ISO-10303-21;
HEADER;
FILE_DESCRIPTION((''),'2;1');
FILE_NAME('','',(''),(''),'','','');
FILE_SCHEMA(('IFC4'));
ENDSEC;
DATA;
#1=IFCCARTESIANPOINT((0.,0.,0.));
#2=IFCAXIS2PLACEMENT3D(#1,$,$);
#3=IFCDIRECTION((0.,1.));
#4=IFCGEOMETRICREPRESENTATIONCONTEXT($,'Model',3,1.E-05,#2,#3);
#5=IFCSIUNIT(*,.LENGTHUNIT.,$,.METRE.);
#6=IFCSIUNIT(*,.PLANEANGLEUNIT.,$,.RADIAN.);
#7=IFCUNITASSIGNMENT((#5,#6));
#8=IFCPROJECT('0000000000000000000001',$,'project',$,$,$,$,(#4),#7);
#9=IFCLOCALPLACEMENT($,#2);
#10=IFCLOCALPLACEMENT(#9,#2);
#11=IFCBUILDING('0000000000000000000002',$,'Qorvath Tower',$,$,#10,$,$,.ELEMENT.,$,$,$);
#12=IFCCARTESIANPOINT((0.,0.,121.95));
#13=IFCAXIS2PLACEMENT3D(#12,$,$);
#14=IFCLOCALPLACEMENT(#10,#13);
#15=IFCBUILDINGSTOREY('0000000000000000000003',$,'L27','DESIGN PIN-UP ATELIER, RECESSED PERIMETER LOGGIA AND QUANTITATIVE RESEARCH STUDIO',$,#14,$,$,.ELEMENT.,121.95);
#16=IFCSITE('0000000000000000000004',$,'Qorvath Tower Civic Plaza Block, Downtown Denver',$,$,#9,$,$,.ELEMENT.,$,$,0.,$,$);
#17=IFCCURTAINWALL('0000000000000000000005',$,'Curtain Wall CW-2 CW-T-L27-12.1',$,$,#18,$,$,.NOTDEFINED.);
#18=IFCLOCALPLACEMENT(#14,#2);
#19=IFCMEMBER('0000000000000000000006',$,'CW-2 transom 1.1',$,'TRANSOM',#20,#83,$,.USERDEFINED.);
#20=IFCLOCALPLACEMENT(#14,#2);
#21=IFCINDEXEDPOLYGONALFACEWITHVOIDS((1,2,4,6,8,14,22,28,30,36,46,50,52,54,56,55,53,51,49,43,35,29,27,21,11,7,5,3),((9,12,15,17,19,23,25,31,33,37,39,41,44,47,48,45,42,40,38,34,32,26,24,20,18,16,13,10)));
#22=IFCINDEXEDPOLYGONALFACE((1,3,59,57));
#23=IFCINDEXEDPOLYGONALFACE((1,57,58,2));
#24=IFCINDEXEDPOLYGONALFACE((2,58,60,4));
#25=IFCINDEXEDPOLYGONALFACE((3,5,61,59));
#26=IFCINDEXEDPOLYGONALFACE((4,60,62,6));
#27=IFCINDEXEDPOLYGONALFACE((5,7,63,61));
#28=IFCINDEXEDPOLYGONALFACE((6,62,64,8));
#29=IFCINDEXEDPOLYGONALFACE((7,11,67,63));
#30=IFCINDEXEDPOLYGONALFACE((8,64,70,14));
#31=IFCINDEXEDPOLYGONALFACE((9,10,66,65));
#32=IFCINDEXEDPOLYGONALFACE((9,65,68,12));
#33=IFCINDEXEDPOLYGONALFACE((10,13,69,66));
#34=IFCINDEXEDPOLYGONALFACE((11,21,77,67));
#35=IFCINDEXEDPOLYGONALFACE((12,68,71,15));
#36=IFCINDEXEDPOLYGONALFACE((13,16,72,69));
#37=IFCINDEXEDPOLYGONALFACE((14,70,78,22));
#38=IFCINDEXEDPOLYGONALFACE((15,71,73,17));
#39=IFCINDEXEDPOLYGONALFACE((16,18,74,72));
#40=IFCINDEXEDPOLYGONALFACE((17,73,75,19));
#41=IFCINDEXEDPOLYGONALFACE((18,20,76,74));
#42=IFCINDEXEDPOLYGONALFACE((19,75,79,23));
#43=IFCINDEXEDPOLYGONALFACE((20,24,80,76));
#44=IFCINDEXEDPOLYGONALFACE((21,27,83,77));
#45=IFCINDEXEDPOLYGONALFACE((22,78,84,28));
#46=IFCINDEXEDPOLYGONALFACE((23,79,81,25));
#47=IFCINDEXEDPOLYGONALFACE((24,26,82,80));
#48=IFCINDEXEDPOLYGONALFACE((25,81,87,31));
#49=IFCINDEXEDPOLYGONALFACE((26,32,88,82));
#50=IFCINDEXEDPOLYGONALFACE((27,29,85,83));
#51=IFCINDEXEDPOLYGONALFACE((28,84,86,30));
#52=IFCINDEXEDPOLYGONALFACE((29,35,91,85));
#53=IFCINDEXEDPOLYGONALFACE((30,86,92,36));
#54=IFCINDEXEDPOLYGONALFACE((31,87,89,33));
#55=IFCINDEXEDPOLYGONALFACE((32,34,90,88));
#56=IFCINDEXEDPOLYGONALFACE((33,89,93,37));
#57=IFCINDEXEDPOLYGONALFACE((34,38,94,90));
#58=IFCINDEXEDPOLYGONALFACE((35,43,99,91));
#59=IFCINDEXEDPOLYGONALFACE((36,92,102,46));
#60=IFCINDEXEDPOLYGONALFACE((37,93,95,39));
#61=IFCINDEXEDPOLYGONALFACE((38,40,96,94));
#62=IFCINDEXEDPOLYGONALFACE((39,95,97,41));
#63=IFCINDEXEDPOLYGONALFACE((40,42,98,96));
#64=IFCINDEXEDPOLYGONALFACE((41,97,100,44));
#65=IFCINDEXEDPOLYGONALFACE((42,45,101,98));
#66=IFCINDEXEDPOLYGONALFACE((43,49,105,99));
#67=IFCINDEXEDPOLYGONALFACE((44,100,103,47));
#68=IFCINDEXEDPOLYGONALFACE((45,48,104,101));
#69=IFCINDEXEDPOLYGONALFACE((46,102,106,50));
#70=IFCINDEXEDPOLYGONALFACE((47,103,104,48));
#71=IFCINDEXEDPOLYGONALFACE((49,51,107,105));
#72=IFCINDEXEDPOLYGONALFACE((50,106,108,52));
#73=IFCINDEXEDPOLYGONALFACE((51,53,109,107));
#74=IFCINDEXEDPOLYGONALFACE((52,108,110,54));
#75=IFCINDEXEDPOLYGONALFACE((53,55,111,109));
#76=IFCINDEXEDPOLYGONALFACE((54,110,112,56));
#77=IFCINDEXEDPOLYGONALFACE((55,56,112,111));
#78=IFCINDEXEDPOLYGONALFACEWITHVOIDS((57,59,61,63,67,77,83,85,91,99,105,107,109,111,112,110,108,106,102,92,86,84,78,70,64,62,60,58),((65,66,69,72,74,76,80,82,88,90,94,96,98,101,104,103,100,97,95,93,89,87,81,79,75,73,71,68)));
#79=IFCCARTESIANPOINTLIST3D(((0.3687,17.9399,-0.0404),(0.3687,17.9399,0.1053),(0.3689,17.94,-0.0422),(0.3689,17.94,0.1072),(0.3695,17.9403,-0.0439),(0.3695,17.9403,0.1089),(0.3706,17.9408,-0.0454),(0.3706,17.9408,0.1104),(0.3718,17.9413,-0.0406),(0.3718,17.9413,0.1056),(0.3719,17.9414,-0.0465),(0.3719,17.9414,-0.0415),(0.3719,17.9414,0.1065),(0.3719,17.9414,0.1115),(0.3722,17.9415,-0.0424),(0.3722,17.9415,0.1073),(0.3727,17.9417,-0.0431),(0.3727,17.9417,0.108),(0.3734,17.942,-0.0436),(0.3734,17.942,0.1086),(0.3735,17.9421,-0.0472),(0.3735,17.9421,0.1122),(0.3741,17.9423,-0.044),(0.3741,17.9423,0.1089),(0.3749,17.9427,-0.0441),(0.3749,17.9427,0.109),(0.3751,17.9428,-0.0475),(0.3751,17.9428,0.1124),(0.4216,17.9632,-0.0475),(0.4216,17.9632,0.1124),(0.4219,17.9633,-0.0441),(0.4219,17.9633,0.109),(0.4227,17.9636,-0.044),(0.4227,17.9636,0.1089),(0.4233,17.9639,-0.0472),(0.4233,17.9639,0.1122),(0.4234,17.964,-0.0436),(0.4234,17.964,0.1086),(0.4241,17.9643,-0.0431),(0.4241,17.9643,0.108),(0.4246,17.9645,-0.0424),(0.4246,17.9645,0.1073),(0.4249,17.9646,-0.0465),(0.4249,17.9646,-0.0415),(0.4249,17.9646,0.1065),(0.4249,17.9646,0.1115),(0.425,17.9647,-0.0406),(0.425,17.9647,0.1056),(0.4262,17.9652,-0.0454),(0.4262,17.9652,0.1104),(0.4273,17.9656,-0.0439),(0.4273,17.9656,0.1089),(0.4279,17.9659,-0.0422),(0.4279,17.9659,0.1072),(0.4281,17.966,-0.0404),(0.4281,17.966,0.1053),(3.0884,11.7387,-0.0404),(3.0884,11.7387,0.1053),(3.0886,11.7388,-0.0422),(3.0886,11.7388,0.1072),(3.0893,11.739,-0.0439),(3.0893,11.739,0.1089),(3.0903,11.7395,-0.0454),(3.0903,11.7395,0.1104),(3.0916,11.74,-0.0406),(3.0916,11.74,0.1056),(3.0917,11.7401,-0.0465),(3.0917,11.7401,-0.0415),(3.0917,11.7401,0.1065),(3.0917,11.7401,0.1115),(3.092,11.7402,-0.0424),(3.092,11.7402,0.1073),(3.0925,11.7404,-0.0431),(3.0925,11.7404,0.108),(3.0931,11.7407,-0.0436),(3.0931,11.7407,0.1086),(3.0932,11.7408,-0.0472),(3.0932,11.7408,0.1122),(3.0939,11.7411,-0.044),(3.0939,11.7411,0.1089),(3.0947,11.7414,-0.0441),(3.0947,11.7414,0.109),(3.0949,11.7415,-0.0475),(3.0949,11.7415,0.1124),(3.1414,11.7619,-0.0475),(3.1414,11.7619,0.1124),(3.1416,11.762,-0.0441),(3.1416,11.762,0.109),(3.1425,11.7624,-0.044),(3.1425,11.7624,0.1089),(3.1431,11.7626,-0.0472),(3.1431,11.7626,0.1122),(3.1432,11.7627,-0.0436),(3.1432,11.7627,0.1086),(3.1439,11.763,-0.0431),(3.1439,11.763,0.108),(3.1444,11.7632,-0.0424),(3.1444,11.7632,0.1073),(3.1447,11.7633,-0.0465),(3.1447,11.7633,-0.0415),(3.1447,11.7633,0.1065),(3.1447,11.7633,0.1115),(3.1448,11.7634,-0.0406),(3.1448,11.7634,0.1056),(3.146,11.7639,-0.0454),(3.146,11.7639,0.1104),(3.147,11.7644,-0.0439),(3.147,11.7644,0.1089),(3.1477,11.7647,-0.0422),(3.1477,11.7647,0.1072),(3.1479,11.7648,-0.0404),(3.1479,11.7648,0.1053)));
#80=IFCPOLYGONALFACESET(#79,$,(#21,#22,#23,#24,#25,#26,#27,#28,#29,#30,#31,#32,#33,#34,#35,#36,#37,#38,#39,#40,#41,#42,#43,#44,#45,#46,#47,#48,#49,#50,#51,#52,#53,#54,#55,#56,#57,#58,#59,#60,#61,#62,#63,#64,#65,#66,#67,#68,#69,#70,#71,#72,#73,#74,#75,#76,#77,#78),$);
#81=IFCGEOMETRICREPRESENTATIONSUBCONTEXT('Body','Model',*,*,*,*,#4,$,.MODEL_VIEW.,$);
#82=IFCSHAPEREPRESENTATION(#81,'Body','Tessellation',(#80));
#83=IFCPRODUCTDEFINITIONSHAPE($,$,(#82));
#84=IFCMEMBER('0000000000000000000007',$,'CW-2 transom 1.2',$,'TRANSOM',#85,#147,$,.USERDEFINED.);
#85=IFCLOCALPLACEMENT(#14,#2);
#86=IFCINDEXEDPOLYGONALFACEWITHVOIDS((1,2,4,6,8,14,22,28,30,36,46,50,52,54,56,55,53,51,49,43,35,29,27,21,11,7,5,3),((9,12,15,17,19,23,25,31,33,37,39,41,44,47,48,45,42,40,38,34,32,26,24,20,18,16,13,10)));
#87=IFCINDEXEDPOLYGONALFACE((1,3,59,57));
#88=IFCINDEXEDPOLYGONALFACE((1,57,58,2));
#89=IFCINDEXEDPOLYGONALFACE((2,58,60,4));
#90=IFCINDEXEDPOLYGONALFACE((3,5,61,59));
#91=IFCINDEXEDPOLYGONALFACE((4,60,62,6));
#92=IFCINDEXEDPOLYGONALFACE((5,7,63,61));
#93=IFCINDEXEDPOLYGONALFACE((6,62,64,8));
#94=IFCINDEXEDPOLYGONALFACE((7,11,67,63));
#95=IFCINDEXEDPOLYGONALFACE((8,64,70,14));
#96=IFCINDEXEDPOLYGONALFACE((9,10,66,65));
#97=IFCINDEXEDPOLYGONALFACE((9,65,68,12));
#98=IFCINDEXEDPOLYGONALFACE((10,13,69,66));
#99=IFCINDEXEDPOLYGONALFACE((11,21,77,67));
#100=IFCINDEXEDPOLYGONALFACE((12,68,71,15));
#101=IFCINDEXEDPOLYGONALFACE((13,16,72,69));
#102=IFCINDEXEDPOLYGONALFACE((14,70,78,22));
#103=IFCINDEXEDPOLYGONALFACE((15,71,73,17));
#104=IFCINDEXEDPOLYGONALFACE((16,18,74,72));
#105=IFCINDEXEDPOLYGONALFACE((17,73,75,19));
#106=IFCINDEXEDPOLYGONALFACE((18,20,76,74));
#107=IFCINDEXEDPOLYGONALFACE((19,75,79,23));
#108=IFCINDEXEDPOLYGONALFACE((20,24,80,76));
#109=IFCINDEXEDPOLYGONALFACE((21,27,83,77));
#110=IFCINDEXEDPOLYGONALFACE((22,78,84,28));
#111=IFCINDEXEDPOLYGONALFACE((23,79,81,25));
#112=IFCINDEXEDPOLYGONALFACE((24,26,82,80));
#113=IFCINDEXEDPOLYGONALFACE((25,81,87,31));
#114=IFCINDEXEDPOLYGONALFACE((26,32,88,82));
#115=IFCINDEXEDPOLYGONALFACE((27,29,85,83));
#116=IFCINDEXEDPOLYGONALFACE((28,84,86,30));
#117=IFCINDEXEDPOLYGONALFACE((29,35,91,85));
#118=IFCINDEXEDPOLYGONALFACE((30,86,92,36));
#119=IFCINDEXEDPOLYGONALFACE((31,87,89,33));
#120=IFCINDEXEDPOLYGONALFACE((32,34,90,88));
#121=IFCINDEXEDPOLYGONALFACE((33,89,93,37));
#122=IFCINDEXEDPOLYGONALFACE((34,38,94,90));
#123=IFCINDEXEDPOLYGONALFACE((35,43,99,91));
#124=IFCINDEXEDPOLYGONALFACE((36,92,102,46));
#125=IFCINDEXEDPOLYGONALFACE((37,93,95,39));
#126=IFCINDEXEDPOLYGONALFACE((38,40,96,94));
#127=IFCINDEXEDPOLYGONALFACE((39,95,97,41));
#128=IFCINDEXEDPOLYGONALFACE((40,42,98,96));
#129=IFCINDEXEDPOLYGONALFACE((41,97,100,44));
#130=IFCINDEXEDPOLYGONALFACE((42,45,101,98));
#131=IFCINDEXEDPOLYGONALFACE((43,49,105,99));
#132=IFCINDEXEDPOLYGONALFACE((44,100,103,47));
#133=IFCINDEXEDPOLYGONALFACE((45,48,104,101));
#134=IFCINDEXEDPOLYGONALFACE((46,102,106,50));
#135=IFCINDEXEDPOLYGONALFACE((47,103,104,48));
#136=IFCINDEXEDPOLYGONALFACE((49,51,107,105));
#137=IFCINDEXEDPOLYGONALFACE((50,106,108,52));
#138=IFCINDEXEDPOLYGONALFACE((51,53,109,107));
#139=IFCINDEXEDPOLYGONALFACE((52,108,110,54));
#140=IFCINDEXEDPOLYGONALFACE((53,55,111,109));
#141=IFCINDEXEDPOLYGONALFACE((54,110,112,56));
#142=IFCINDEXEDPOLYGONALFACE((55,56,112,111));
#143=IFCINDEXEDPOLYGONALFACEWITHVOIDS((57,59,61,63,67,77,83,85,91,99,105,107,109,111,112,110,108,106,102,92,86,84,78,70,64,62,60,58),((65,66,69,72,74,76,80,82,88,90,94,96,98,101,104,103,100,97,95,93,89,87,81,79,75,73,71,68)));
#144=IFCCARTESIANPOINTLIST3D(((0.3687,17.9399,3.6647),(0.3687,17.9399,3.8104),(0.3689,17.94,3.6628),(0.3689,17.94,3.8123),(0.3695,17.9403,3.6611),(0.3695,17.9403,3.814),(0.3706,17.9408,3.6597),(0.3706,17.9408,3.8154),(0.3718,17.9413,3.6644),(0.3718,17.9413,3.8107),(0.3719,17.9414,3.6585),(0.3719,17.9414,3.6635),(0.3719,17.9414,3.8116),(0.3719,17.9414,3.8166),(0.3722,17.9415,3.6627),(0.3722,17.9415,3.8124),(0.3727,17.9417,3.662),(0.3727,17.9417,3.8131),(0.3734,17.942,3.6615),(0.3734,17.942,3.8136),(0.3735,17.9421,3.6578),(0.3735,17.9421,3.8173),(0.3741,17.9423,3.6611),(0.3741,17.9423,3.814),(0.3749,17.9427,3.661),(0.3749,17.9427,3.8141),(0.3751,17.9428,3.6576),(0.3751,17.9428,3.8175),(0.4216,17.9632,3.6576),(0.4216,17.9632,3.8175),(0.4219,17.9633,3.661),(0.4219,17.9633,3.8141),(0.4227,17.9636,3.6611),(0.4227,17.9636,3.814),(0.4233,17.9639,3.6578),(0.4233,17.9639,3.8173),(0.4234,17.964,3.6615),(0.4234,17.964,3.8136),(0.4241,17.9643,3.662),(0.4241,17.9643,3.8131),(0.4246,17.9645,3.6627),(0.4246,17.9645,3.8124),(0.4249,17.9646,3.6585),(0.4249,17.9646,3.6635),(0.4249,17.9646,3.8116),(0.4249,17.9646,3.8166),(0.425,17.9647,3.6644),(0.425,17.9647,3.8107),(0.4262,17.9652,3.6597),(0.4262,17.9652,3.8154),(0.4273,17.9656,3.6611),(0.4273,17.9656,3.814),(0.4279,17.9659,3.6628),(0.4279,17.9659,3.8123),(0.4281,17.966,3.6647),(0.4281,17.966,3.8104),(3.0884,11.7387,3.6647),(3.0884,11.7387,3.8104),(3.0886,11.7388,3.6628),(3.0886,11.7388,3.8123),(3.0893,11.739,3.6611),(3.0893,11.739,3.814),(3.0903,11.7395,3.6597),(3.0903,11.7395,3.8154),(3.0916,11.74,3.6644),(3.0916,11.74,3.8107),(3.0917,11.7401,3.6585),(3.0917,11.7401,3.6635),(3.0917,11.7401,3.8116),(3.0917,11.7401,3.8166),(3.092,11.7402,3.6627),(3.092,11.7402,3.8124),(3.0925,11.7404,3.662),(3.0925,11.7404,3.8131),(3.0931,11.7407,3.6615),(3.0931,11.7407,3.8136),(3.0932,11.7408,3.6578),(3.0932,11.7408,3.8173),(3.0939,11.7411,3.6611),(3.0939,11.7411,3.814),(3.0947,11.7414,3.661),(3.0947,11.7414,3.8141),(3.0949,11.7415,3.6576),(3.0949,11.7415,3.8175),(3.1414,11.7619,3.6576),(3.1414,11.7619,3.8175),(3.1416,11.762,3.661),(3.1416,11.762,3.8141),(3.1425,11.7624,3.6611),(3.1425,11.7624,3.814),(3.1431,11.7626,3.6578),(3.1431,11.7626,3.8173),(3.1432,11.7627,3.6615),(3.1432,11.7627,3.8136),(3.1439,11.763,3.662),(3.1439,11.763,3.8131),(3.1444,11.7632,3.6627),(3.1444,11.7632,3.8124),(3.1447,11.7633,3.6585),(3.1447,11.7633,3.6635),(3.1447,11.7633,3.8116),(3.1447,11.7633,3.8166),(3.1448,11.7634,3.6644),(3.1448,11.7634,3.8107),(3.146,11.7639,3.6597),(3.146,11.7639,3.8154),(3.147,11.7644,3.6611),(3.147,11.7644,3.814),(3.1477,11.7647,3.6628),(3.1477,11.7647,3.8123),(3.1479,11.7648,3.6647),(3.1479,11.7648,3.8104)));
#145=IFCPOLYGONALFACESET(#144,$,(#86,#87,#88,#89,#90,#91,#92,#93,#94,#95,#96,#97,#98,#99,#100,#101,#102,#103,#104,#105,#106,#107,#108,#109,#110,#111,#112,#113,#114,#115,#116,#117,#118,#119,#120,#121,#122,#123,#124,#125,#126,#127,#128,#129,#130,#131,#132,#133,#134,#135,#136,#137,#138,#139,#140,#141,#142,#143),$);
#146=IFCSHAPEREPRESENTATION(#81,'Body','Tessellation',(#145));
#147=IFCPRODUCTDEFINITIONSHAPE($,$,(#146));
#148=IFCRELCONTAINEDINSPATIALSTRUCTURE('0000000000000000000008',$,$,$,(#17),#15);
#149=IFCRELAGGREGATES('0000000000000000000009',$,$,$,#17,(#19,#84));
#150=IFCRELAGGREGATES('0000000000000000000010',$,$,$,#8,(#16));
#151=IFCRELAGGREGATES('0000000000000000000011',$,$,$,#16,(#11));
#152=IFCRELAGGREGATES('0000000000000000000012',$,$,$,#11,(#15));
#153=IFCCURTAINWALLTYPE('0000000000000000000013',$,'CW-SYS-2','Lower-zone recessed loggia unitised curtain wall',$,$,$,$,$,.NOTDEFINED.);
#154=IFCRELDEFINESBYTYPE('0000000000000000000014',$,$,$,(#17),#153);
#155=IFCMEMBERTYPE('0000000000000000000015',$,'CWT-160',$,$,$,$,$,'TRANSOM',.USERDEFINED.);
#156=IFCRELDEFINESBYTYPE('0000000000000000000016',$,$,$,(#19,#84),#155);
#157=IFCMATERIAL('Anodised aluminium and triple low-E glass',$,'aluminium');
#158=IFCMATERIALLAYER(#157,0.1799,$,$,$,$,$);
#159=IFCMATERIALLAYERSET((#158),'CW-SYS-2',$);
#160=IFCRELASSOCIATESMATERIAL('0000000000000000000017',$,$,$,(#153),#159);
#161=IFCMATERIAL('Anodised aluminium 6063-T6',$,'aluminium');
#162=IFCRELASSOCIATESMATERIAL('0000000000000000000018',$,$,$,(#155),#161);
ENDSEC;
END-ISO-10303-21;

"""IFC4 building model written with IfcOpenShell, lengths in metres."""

from ifc_helpers import new_model, si_unit, direction, frame, origin, origin_2d, place, context, subcontext, project, spatial, hollow_rectangle, extrude, material, layer, layer_set, material_profile, profile_set, type_object, element, aggregate, save


model = new_model("IFC4")

# Units and contexts
model_context = context("Model", 3, precision=1e-05, world=origin(), true_north=direction((0.0, 1.0)))
body_context = subcontext(model_context, "Body", "Model", "MODEL_VIEW")
ifc_project = project(units=[si_unit("LENGTHUNIT", "METRE"), si_unit("PLANEANGLEUNIT", "RADIAN")], contexts=[model_context])

# Site, building, storey
site_placement = place(None, origin())
site = spatial("IfcSite", under=ifc_project, at=site_placement, Name="Qorvath Tower Civic Plaza Block, Downtown Denver", CompositionType="ELEMENT", RefElevation=0.0)
building_placement = place(site_placement, origin())
building = spatial("IfcBuilding", under=site, at=building_placement, Name="Qorvath Tower", CompositionType="ELEMENT")
storey_placement = place(building_placement, frame((0.0, 0.0, 121.95)))
storey = spatial("IfcBuildingStorey", under=building, at=storey_placement, Name="L27", Description="DESIGN PIN-UP ATELIER, RECESSED PERIMETER LOGGIA AND QUANTITATIVE RESEARCH STUDIO", CompositionType="ELEMENT", Elevation=121.95)

# Shared definitions
ifc_material_1 = material(Name="Anodised aluminium and triple low-E glass", Category="aluminium")
ifc_layer_1 = layer(ifc_material_1, 0.1799)
ifc_layer_set_1 = layer_set([ifc_layer_1], Name="CW-SYS-2")
curtain_wall_type = type_object("IfcCurtainWallType", Name="CW-SYS-2", Description="Lower-zone recessed loggia unitised curtain wall", PredefinedType="NOTDEFINED", material=ifc_layer_set_1)

# Curtain wall
curtain_wall_1_placement = place(storey_placement, origin())
curtain_wall_1 = element("IfcCurtainWall", 1, at=curtain_wall_1_placement, inside=storey, type_object=curtain_wall_type, Name="Curtain Wall CW-2 CW-T-L27-12.1", PredefinedType="NOTDEFINED")

# Members
ifc_material_2 = material(Name="Anodised aluminium 6063-T6", Category="aluminium")
ifc_material_profile_1 = material_profile(ifc_material_2, hollow_rectangle(XDim=0.0649, YDim=0.1599, WallThickness=0.0034, InnerFilletRadius=0.0034, OuterFilletRadius=0.0071, at=origin_2d()), Name="CWT 160x65")
ifc_profile_set_1 = profile_set([ifc_material_profile_1], Name="Anodised aluminium 6063-T6")
member_type_1 = type_object("IfcMemberType", Name="CWT-160", ElementType="TRANSOM", PredefinedType="USERDEFINED", material=ifc_profile_set_1)
member_1_placement = place(storey_placement, frame((3.1182, 11.7517, 0.0325), z_axis=(-0.401651, 0.915793, 0.0), x_axis=(-0.915793, -0.401651, 0.0)))
member_1 = element("IfcMember", 2, at=member_1_placement, type_object=member_type_1, Name="CW-2 transom 1.1", ObjectType="TRANSOM", PredefinedType="USERDEFINED", context=body_context, shape_type="SweptSolid", body=[
    extrude(hollow_rectangle(XDim=0.0649, YDim=0.1599, WallThickness=0.0034, InnerFilletRadius=0.0034, OuterFilletRadius=0.0071, at=origin_2d()), origin(), (0.0, 0.0, 1.0), 6.7715),
])
member_2_placement = place(storey_placement, frame((3.1182, 11.7517, 3.7375), z_axis=(-0.401651, 0.915793, 0.0), x_axis=(-0.915793, -0.401651, 0.0)))
member_2 = element("IfcMember", 3, at=member_2_placement, type_object=member_type_1, Name="CW-2 transom 1.2", ObjectType="TRANSOM", PredefinedType="USERDEFINED", context=body_context, shape_type="SweptSolid", body=[
    extrude(hollow_rectangle(XDim=0.0649, YDim=0.1599, WallThickness=0.0034, InnerFilletRadius=0.0034, OuterFilletRadius=0.0071, at=origin_2d()), origin(), (0.0, 0.0, 1.0), 6.7715),
])

aggregate(curtain_wall_1, [member_1, member_2])

save(model, "model.ifc")
